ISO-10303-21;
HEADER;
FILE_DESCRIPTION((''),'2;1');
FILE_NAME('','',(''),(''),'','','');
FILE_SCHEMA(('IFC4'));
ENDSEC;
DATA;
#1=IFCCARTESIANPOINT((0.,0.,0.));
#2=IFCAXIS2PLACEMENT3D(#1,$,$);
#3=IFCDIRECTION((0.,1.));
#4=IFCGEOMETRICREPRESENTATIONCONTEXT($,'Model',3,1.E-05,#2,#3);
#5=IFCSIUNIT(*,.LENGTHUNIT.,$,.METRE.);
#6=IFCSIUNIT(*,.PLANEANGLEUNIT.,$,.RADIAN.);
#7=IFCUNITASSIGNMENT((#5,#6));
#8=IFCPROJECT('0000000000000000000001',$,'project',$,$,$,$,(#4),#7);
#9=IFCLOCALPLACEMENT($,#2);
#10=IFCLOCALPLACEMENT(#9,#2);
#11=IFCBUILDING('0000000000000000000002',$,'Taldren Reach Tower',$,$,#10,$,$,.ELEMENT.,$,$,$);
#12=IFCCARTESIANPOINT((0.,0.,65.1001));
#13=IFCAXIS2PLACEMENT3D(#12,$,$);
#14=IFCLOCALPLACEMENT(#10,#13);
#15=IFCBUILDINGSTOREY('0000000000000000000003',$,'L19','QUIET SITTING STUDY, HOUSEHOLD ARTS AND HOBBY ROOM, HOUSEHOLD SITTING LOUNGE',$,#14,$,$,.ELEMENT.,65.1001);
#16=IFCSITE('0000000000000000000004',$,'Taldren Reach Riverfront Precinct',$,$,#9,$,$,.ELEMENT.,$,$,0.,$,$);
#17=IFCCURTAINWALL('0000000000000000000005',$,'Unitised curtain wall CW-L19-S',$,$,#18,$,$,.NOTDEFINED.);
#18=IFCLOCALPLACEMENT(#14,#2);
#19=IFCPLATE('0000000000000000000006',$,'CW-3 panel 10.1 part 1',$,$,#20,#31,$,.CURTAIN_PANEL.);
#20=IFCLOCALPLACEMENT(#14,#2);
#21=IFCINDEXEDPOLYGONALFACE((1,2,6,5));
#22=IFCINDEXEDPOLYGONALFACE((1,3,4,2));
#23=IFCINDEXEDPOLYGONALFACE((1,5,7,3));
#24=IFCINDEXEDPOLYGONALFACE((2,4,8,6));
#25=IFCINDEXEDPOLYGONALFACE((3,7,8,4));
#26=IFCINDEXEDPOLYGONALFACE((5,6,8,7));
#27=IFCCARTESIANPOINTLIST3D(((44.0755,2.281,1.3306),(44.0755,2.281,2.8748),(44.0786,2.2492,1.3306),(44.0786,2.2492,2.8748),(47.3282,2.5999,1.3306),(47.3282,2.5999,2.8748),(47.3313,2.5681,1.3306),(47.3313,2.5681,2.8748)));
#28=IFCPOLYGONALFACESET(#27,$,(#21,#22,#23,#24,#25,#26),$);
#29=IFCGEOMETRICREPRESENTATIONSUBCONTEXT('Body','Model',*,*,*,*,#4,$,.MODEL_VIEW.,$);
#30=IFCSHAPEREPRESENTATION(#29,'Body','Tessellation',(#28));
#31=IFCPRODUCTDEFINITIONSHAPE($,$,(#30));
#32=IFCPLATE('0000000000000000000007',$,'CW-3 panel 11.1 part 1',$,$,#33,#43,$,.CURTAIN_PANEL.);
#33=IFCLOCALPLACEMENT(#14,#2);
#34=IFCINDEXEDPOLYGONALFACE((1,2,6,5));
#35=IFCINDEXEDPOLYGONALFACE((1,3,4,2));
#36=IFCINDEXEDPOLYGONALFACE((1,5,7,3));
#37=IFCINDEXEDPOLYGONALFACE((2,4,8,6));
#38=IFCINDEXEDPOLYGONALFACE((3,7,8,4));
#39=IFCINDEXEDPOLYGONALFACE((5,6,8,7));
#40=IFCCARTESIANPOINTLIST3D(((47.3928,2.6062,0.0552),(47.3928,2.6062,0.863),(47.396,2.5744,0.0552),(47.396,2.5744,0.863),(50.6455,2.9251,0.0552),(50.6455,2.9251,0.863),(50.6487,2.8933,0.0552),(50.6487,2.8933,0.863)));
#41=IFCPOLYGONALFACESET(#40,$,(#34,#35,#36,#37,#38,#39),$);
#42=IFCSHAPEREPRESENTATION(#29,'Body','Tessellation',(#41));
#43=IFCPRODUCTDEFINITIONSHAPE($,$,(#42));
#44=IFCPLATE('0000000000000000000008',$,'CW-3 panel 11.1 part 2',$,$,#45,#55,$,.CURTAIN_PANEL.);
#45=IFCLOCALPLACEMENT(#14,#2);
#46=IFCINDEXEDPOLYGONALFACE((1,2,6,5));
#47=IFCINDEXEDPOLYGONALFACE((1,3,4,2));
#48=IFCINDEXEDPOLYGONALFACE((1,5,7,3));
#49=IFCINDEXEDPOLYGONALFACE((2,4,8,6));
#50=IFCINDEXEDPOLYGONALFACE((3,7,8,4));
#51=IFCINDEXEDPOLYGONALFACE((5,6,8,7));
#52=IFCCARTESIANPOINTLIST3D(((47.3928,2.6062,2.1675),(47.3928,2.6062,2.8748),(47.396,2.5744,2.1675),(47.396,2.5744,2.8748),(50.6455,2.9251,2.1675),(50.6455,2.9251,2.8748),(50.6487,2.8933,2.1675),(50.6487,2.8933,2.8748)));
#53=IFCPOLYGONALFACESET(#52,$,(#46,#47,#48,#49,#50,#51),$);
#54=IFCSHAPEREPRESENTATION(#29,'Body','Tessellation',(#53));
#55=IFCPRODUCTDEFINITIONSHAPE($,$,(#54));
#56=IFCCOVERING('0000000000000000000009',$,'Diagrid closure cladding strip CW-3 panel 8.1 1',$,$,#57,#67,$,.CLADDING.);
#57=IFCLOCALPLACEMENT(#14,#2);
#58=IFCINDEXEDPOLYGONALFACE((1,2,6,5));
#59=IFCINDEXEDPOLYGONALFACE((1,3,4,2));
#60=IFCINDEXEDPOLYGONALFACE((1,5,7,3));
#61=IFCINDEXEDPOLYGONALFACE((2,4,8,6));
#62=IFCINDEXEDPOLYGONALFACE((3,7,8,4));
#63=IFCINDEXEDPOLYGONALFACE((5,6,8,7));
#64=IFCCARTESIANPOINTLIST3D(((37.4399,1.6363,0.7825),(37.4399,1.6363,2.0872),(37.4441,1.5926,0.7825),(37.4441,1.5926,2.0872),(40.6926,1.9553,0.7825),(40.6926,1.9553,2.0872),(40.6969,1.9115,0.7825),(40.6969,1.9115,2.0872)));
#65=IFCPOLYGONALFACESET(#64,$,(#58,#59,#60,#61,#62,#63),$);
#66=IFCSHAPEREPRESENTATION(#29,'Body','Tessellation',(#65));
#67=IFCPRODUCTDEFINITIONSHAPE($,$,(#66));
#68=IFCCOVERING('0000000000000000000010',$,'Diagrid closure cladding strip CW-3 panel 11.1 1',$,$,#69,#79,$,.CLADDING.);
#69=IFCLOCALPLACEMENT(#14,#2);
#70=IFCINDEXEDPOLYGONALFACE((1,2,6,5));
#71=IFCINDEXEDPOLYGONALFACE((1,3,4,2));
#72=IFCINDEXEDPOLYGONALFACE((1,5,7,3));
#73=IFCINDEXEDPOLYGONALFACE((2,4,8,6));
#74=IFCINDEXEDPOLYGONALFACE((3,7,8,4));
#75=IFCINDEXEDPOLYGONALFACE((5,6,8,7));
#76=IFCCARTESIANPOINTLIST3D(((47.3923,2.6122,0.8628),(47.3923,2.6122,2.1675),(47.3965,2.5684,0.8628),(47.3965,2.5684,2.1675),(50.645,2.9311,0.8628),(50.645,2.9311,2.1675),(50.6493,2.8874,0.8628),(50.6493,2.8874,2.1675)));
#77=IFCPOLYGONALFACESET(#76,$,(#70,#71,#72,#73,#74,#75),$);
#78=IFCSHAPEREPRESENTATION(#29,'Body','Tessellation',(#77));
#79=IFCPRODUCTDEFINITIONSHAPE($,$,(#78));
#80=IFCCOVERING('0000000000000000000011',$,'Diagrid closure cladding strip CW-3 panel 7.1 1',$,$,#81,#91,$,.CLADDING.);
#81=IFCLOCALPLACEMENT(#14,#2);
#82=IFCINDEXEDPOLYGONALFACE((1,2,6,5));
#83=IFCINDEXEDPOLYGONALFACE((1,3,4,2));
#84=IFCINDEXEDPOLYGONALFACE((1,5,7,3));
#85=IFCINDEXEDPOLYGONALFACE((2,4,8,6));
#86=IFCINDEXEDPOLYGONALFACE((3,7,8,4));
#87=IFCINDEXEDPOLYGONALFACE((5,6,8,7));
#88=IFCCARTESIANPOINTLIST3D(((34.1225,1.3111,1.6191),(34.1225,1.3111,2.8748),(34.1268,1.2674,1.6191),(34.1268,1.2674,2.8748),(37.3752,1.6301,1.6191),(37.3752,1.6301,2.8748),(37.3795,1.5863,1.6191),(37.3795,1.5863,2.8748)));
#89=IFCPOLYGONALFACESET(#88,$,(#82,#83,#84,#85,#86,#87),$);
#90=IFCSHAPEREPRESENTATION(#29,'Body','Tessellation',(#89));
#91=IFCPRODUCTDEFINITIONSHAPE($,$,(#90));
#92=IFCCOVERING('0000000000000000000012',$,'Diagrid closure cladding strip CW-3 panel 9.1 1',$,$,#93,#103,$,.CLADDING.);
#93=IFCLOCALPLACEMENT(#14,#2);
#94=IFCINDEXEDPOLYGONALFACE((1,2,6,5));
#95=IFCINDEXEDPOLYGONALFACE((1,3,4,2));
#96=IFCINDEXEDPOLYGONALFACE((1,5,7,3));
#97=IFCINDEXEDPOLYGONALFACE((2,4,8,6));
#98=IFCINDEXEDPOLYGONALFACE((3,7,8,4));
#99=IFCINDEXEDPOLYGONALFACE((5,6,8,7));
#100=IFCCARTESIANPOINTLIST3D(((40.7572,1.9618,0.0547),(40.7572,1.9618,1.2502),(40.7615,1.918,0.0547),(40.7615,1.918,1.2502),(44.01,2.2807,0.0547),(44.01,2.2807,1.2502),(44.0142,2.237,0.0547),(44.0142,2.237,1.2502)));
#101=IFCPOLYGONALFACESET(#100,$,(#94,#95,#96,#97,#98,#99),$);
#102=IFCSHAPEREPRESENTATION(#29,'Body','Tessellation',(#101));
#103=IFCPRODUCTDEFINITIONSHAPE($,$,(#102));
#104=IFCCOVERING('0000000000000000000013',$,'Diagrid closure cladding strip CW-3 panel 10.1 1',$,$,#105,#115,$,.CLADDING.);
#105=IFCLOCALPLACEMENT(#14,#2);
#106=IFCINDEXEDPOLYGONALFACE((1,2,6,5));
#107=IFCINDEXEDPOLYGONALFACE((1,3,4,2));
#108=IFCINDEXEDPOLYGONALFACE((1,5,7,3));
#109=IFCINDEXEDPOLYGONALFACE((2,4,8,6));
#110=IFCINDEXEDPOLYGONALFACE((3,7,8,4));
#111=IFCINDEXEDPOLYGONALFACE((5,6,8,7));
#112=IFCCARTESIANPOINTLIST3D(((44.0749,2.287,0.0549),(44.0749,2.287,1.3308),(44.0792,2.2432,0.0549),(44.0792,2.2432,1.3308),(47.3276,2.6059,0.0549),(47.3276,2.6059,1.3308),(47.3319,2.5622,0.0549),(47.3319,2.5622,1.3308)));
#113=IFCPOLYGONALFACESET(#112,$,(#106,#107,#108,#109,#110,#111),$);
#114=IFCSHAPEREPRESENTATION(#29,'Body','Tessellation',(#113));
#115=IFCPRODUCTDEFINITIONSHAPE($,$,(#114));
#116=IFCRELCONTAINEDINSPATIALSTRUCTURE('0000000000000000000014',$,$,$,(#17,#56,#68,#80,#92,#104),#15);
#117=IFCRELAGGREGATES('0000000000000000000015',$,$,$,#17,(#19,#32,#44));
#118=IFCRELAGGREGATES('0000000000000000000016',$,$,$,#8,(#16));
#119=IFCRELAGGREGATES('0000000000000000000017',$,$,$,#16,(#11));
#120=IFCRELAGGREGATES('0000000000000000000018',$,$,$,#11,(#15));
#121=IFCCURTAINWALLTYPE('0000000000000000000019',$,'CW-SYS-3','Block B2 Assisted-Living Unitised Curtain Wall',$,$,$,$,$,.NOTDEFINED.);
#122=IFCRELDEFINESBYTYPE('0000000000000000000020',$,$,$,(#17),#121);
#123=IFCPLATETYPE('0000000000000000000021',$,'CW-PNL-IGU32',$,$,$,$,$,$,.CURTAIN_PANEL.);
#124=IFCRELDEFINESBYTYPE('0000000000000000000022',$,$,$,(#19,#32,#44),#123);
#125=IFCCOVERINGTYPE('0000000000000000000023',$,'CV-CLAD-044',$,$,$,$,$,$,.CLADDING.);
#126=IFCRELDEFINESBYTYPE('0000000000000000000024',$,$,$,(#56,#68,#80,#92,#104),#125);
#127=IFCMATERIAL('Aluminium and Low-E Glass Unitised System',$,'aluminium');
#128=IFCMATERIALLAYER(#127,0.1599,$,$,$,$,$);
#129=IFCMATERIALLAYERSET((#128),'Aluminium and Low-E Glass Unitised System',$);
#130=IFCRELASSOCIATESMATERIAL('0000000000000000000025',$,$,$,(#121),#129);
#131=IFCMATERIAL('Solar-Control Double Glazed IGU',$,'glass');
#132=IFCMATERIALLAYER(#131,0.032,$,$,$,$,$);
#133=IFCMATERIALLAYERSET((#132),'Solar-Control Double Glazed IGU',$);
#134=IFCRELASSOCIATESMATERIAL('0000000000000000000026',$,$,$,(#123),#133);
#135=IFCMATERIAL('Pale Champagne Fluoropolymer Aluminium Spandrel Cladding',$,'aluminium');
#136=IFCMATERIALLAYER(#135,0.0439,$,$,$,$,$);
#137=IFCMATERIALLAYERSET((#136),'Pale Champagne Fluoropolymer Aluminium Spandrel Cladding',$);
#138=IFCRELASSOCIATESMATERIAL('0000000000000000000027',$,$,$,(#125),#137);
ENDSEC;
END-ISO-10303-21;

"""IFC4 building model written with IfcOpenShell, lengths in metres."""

from ifc_helpers import new_model, si_unit, direction, frame, origin, origin_2d, place, context, subcontext, project, spatial, rectangle, extrude, source, transform, mapped, material, layer, layer_set, type_object, element, aggregate, save


model = new_model("IFC4")

# Units and contexts
model_context = context("Model", 3, precision=1e-05, world=origin(), true_north=direction((0.0, 1.0)))
body_context = subcontext(model_context, "Body", "Model", "MODEL_VIEW")
ifc_project = project(units=[si_unit("LENGTHUNIT", "METRE"), si_unit("PLANEANGLEUNIT", "RADIAN")], contexts=[model_context])

# Site, building, storey
site_placement = place(None, origin())
site = spatial("IfcSite", under=ifc_project, at=site_placement, Name="Taldren Reach Riverfront Precinct", CompositionType="ELEMENT", RefElevation=0.0)
building_placement = place(site_placement, origin())
building = spatial("IfcBuilding", under=site, at=building_placement, Name="Taldren Reach Tower", CompositionType="ELEMENT")
storey_placement = place(building_placement, frame((0.0, 0.0, 65.1001)))
storey = spatial("IfcBuildingStorey", under=building, at=storey_placement, Name="L19", Description="QUIET SITTING STUDY, HOUSEHOLD ARTS AND HOBBY ROOM, HOUSEHOLD SITTING LOUNGE", CompositionType="ELEMENT", Elevation=65.1001)

# Curtain wall
ifc_material_1 = material(Name="Aluminium and Low-E Glass Unitised System", Category="aluminium")
ifc_layer_1 = layer(ifc_material_1, 0.1599)
ifc_layer_set_1 = layer_set([ifc_layer_1], Name="Aluminium and Low-E Glass Unitised System")
curtain_wall_type = type_object("IfcCurtainWallType", Name="CW-SYS-3", Description="Block B2 Assisted-Living Unitised Curtain Wall", PredefinedType="NOTDEFINED", material=ifc_layer_set_1)
curtain_wall_placement = place(storey_placement, origin())
curtain_wall = element("IfcCurtainWall", 1, at=curtain_wall_placement, inside=storey, type_object=curtain_wall_type, Name="Unitised curtain wall CW-L19-S", PredefinedType="NOTDEFINED")

# Plates
ifc_material_2 = material(Name="Solar-Control Double Glazed IGU", Category="glass")
ifc_layer_2 = layer(ifc_material_2, 0.032)
ifc_layer_set_2 = layer_set([ifc_layer_2], Name="Solar-Control Double Glazed IGU")
plate_type_1 = type_object("IfcPlateType", Name="CW-PNL-IGU32", PredefinedType="CURTAIN_PANEL", material=ifc_layer_set_2)
shared_shape_1 = source(origin(), body_context, "Body", "SweptSolid", [
    extrude(rectangle(XDim=3.2683, YDim=0.032, at=origin_2d()), origin(), (0.0, 0.0, 1.0), 1.5442),
])
plate_1_placement = place(storey_placement, frame((45.7034, 2.4246, 1.3306), z_axis=(0.0, 0.0, 1.0), x_axis=(0.995227, 0.097583, 0.0)))
plate_1 = element("IfcPlate", 2, at=plate_1_placement, type_object=plate_type_1, Name="CW-3 panel 10.1 part 1", PredefinedType="CURTAIN_PANEL", context=body_context, shape_type="MappedRepresentation", body=[
    mapped(shared_shape_1, transform((0.0, 0.0, 0.0), scale=1.0)),
])
shared_shape_2 = source(origin(), body_context, "Body", "SweptSolid", [
    extrude(rectangle(XDim=3.2683, YDim=0.032, at=origin_2d()), origin(), (0.0, 0.0, 1.0), 0.8079),
])
plate_2_placement = place(storey_placement, frame((49.0208, 2.7498, 0.0552), z_axis=(0.0, 0.0, 1.0), x_axis=(0.995227, 0.097583, 0.0)))
plate_2 = element("IfcPlate", 3, at=plate_2_placement, type_object=plate_type_1, Name="CW-3 panel 11.1 part 1", PredefinedType="CURTAIN_PANEL", context=body_context, shape_type="MappedRepresentation", body=[
    mapped(shared_shape_2, transform((0.0, 0.0, 0.0), scale=1.0)),
])
shared_shape_3 = source(origin(), body_context, "Body", "SweptSolid", [
    extrude(rectangle(XDim=3.2683, YDim=0.032, at=origin_2d()), origin(), (0.0, 0.0, 1.0), 0.7073),
])
plate_3_placement = place(storey_placement, frame((49.0208, 2.7498, 2.1675), z_axis=(0.0, 0.0, 1.0), x_axis=(0.995227, 0.097583, 0.0)))
plate_3 = element("IfcPlate", 4, at=plate_3_placement, type_object=plate_type_1, Name="CW-3 panel 11.1 part 2", PredefinedType="CURTAIN_PANEL", context=body_context, shape_type="MappedRepresentation", body=[
    mapped(shared_shape_3, transform((0.0, 0.0, 0.0), scale=1.0)),
])
aggregate(curtain_wall, [plate_1, plate_2, plate_3])

# Coverings
ifc_material_3 = material(Name="Pale Champagne Fluoropolymer Aluminium Spandrel Cladding", Category="aluminium")
ifc_layer_3 = layer(ifc_material_3, 0.0439)
ifc_layer_set_3 = layer_set([ifc_layer_3], Name="Pale Champagne Fluoropolymer Aluminium Spandrel Cladding")
covering_type = type_object("IfcCoveringType", Name="CV-CLAD-044", PredefinedType="CLADDING", material=ifc_layer_set_3)
shared_shape_4 = source(origin(), body_context, "Body", "SweptSolid", [
    extrude(rectangle(XDim=3.2683, YDim=0.0439, at=origin_2d()), origin(), (0.0, 0.0, 1.0), 1.3047),
])
for number, where, z_axis, x_axis, name in (
    (5, (39.0684, 1.7739, 0.7825), (0.0, 0.0, 1.0), (0.995227, 0.097583, 0.0), "Diagrid closure cladding strip CW-3 panel 8.1 1"),
    (6, (49.0208, 2.7498, 0.8628), (0.0, 0.0, 1.0), (0.995227, 0.097583, 0.0), "Diagrid closure cladding strip CW-3 panel 11.1 1"),
):
    element("IfcCovering", number, at=place(storey_placement, frame(where, z_axis=z_axis, x_axis=x_axis)), inside=storey, type_object=covering_type, Name=name, PredefinedType="CLADDING", context=body_context, shape_type="MappedRepresentation", body=[
        mapped(shared_shape_4, transform((0.0, 0.0, 0.0), scale=1.0)),
    ])
shared_shape_5 = source(origin(), body_context, "Body", "SweptSolid", [
    extrude(rectangle(XDim=3.2683, YDim=0.0439, at=origin_2d()), origin(), (0.0, 0.0, 1.0), 1.2556),
])
covering_1_placement = place(storey_placement, frame((35.751, 1.4487, 1.6191), z_axis=(0.0, 0.0, 1.0), x_axis=(0.995227, 0.097583, 0.0)))
element("IfcCovering", 7, at=covering_1_placement, inside=storey, type_object=covering_type, Name="Diagrid closure cladding strip CW-3 panel 7.1 1", PredefinedType="CLADDING", context=body_context, shape_type="MappedRepresentation", body=[
    mapped(shared_shape_5, transform((0.0, 0.0, 0.0), scale=1.0)),
])
shared_shape_6 = source(origin(), body_context, "Body", "SweptSolid", [
    extrude(rectangle(XDim=3.2683, YDim=0.0439, at=origin_2d()), origin(), (0.0, 0.0, 1.0), 1.1956),
])
covering_2_placement = place(storey_placement, frame((42.3857, 2.0994, 0.0547), z_axis=(0.0, 0.0, 1.0), x_axis=(0.995227, 0.097583, 0.0)))
element("IfcCovering", 8, at=covering_2_placement, inside=storey, type_object=covering_type, Name="Diagrid closure cladding strip CW-3 panel 9.1 1", PredefinedType="CLADDING", context=body_context, shape_type="MappedRepresentation", body=[
    mapped(shared_shape_6, transform((0.0, 0.0, 0.0), scale=1.0)),
])
shared_shape_7 = source(origin(), body_context, "Body", "SweptSolid", [
    extrude(rectangle(XDim=3.2683, YDim=0.0439, at=origin_2d()), origin(), (0.0, 0.0, 1.0), 1.2759),
])
covering_3_placement = place(storey_placement, frame((45.7034, 2.4246, 0.0549), z_axis=(0.0, 0.0, 1.0), x_axis=(0.995227, 0.097583, 0.0)))
element("IfcCovering", 9, at=covering_3_placement, inside=storey, type_object=covering_type, Name="Diagrid closure cladding strip CW-3 panel 10.1 1", PredefinedType="CLADDING", context=body_context, shape_type="MappedRepresentation", body=[
    mapped(shared_shape_7, transform((0.0, 0.0, 0.0), scale=1.0)),
])

save(model, "model.ifc")
